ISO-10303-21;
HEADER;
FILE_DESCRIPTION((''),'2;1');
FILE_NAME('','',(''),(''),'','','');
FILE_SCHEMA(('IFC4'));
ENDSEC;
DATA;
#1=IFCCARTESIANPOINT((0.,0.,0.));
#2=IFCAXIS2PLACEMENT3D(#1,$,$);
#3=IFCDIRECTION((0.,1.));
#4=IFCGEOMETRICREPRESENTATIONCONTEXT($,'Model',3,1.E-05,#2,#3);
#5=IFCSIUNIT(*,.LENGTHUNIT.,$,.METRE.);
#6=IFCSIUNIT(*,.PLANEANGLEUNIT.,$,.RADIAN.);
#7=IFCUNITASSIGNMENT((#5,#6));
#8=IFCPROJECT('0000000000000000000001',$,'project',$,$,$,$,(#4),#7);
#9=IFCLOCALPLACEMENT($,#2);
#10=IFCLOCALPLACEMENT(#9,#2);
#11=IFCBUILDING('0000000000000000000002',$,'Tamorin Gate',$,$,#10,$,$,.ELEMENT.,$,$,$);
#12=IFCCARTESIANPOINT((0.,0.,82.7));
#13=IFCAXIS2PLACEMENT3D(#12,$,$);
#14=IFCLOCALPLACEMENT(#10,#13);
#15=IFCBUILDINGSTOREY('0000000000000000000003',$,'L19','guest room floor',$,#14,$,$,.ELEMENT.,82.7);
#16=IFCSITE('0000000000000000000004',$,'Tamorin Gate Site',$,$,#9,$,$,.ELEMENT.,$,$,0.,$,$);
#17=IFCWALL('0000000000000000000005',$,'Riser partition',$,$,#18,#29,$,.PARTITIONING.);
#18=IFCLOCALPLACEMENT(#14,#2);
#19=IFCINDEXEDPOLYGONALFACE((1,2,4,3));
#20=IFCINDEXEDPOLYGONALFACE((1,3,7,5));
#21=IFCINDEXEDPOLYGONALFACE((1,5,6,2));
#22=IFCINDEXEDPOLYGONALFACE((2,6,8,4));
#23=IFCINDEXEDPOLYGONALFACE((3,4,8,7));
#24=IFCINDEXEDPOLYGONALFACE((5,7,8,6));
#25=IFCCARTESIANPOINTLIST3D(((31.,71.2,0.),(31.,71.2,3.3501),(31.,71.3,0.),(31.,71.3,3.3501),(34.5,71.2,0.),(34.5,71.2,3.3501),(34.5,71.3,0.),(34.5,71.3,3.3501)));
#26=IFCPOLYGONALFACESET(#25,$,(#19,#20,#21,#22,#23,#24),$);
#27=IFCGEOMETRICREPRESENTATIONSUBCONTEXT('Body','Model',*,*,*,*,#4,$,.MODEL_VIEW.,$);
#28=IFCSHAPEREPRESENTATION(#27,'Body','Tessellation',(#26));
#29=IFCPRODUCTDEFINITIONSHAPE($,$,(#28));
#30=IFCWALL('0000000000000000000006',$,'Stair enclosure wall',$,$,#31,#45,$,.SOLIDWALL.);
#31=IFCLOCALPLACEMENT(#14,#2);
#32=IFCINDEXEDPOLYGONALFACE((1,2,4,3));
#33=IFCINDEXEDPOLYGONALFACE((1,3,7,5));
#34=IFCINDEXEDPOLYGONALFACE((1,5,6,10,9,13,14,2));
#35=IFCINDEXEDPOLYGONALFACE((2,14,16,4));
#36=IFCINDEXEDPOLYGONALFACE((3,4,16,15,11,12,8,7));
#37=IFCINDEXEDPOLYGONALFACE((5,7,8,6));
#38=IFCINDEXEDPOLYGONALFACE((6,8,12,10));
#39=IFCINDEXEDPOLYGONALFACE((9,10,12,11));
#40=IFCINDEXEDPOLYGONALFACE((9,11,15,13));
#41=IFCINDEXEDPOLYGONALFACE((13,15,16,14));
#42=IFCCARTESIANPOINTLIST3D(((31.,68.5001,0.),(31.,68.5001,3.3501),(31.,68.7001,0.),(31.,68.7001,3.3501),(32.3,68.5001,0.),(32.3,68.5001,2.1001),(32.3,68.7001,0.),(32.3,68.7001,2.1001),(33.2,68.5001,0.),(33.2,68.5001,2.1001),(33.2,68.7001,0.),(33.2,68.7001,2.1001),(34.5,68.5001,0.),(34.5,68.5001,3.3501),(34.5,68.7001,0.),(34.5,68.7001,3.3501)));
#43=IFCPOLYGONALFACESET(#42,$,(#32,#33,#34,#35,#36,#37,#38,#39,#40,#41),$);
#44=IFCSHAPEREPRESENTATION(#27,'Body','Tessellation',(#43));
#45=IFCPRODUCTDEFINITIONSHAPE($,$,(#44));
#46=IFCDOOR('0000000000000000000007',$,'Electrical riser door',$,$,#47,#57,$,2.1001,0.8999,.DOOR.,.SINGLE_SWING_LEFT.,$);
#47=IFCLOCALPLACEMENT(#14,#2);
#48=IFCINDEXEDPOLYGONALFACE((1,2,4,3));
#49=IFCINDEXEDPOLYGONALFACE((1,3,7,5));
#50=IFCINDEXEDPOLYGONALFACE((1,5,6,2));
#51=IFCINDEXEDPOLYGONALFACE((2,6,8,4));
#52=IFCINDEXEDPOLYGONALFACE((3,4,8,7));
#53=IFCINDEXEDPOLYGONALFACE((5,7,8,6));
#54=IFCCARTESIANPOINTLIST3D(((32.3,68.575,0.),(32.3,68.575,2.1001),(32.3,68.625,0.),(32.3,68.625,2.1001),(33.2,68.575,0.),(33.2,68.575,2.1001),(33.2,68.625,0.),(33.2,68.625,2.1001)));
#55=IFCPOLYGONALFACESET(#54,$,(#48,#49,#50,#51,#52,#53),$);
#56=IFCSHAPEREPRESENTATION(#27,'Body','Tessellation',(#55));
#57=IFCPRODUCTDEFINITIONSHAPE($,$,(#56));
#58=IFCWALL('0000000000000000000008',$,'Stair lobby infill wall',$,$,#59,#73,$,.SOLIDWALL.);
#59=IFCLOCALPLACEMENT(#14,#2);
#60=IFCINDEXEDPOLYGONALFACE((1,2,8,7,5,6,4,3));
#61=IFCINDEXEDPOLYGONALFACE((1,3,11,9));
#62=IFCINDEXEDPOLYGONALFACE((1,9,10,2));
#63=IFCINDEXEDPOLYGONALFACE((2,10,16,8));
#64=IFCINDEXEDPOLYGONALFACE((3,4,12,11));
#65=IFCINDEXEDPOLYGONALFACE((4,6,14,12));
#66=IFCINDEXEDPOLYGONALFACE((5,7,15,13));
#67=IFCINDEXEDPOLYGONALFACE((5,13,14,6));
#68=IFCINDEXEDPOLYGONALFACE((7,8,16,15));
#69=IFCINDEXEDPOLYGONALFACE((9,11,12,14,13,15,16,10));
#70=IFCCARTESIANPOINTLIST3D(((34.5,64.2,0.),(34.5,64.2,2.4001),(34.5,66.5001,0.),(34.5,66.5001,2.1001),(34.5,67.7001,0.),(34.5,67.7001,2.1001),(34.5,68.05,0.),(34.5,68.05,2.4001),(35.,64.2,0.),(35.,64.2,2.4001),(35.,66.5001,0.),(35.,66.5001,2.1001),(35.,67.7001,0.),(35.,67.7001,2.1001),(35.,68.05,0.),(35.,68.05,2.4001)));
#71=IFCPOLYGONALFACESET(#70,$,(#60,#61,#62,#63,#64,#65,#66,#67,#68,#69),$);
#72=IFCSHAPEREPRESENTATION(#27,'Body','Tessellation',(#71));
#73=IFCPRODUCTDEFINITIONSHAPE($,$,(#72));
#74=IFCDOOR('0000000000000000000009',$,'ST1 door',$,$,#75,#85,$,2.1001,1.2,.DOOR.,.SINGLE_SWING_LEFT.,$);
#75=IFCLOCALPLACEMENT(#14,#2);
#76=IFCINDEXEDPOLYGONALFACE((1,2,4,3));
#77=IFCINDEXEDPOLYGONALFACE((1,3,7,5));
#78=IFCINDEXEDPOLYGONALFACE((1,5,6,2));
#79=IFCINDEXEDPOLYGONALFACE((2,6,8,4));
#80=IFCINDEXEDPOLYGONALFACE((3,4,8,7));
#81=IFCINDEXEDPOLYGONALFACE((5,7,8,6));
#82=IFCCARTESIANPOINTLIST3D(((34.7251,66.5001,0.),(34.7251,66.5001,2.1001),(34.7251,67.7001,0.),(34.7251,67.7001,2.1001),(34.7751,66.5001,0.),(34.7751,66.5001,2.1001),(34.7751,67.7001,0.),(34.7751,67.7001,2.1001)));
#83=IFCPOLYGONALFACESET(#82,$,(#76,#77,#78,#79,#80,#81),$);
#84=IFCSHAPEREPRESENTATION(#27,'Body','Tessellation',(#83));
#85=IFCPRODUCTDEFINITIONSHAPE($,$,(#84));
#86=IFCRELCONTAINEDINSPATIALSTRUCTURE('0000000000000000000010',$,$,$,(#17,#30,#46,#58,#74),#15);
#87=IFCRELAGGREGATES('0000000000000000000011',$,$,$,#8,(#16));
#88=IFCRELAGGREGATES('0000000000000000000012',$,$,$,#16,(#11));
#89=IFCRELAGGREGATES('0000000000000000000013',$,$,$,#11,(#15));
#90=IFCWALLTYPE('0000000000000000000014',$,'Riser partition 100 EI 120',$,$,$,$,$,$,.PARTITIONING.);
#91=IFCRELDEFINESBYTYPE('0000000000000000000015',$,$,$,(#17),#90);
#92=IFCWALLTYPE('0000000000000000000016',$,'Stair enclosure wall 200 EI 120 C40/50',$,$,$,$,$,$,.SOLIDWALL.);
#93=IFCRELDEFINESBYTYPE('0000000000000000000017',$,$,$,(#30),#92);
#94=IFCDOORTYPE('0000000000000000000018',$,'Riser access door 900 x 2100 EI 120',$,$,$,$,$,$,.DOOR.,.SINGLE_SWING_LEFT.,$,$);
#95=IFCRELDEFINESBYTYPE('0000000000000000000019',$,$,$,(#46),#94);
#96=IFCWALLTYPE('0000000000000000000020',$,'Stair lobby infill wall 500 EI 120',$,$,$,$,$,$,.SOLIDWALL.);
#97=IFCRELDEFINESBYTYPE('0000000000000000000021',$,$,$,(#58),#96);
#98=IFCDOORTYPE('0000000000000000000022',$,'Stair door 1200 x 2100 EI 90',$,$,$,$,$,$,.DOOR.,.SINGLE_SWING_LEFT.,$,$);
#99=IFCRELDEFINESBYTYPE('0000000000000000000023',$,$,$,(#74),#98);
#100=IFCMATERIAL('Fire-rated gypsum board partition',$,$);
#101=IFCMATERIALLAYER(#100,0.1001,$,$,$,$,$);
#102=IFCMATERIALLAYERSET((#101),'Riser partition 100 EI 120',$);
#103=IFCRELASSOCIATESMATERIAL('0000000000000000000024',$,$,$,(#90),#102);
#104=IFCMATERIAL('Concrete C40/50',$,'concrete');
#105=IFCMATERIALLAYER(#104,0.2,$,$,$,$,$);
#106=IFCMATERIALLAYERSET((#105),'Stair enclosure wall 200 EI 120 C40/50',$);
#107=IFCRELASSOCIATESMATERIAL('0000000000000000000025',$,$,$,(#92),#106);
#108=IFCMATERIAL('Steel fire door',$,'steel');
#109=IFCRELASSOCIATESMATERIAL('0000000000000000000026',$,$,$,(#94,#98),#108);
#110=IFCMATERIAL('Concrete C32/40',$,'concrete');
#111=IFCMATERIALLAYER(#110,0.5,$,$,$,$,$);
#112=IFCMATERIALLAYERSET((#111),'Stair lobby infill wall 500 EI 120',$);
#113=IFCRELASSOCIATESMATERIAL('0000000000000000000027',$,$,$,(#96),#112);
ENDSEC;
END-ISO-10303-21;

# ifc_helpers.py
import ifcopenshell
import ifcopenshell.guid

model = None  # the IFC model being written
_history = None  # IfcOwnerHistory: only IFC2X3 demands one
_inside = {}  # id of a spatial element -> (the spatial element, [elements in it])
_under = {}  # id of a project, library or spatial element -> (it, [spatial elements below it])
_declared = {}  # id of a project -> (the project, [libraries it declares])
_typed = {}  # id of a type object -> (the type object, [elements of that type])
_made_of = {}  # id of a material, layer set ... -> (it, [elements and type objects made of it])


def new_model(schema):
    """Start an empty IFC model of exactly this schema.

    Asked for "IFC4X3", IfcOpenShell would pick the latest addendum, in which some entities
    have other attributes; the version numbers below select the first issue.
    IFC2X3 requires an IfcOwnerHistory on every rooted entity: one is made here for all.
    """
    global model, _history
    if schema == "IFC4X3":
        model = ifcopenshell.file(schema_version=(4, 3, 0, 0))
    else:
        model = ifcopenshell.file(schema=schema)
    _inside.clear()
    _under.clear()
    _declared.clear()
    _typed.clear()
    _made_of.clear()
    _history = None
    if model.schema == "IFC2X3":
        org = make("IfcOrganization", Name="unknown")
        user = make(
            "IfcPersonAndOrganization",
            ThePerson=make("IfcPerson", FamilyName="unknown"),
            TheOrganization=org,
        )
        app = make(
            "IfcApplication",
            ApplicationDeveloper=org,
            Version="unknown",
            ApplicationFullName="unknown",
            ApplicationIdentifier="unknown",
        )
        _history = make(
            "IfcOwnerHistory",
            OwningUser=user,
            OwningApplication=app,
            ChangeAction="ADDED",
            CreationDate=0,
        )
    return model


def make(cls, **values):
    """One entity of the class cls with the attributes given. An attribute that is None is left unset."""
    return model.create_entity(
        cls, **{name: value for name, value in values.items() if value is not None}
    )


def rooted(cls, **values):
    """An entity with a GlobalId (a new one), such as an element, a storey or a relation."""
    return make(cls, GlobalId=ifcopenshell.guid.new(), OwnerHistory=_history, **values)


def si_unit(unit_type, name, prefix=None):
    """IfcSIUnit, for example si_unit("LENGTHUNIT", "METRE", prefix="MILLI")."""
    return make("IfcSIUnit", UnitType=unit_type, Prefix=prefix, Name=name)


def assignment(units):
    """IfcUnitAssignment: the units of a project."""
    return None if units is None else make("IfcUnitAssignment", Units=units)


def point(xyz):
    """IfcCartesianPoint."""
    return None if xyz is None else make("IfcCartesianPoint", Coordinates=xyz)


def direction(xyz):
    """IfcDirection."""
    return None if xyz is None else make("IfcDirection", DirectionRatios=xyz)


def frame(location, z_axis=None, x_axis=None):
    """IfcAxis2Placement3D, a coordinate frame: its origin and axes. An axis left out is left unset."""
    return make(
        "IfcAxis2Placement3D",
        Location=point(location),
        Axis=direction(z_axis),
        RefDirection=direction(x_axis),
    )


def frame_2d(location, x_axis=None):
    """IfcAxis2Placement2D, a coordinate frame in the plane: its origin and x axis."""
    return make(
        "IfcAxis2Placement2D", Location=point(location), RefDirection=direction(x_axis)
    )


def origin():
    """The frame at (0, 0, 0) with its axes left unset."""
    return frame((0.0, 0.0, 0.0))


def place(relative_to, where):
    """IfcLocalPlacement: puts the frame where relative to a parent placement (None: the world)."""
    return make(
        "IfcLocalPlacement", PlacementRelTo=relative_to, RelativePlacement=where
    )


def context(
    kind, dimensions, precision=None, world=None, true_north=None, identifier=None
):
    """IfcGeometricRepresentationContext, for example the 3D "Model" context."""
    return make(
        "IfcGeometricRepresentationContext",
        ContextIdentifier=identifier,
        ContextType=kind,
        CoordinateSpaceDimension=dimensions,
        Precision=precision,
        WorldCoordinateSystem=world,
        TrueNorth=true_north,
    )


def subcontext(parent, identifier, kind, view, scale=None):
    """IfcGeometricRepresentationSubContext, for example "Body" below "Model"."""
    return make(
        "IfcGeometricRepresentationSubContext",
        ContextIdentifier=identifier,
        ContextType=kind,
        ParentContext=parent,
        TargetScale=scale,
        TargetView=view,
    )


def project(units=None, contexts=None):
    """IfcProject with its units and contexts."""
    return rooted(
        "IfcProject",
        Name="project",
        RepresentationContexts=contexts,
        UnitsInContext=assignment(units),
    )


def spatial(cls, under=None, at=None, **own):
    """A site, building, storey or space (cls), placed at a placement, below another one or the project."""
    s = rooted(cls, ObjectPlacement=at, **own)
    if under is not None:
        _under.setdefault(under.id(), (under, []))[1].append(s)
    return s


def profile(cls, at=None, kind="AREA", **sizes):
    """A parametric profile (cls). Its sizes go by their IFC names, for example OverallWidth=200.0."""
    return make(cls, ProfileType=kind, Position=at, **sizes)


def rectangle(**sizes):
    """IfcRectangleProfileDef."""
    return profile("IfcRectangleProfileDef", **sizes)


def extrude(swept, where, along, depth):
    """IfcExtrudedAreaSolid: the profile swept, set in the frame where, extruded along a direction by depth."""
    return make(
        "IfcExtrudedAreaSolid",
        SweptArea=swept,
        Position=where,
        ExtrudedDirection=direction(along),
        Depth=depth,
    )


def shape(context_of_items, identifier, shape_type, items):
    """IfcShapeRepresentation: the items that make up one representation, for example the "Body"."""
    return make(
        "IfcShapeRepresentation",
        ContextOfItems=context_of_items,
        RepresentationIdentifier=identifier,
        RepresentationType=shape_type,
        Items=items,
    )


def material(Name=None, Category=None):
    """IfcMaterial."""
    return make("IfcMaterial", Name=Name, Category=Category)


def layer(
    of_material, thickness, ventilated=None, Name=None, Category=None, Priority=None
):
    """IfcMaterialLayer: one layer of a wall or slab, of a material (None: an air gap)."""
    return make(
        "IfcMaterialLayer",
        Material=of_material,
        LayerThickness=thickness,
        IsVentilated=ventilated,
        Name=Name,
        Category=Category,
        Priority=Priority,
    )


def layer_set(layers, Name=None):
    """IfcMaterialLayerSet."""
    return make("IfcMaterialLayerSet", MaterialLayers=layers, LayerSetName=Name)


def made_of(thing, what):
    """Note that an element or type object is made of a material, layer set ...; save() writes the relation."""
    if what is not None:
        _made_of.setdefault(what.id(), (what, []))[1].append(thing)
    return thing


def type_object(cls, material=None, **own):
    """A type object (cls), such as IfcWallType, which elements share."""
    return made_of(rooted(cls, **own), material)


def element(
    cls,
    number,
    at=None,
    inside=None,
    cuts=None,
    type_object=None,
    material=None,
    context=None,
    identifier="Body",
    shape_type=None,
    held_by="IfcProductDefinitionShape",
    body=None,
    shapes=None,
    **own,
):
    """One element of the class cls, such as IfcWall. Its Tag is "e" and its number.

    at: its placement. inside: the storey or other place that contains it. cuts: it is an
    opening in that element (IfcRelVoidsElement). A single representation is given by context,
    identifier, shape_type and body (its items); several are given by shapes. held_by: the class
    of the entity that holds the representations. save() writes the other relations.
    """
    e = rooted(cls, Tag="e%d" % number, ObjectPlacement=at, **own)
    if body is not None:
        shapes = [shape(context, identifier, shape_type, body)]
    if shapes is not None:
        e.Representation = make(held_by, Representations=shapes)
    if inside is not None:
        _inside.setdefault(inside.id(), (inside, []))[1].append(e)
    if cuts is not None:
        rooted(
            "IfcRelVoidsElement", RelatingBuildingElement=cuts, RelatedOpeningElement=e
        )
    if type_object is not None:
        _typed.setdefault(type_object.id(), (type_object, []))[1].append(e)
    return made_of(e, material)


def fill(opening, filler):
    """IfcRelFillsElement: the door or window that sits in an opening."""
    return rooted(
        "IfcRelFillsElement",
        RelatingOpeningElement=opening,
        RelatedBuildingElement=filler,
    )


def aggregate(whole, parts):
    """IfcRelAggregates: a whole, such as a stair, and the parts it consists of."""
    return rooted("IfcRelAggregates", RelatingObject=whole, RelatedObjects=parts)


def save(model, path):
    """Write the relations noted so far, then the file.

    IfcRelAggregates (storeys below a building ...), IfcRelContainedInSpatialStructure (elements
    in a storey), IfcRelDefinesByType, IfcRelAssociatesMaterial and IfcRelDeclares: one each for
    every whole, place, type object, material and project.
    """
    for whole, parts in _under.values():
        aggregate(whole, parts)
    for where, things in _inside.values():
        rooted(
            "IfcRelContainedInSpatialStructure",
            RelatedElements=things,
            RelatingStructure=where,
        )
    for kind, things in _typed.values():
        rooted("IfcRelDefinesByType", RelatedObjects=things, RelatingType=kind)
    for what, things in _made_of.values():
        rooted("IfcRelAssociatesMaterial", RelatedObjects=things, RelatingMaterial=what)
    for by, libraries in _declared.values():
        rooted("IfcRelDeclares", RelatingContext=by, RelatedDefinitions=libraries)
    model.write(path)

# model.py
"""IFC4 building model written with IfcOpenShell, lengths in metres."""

from ifc_helpers import new_model, si_unit, direction, frame, frame_2d, origin, place, context, subcontext, project, spatial, rectangle, extrude, material, layer, layer_set, type_object, element, fill, save


model = new_model("IFC4")

# Units and contexts
model_context = context("Model", 3, precision=1e-05, world=origin(), true_north=direction((0.0, 1.0)))
body_context = subcontext(model_context, "Body", "Model", "MODEL_VIEW")
ifc_project = project(units=[si_unit("LENGTHUNIT", "METRE"), si_unit("PLANEANGLEUNIT", "RADIAN")], contexts=[model_context])

# Site, building, storey
site_placement = place(None, origin())
site = spatial("IfcSite", under=ifc_project, at=site_placement, Name="Tamorin Gate Site", CompositionType="ELEMENT", RefElevation=0.0)
building_placement = place(site_placement, origin())
building = spatial("IfcBuilding", under=site, at=building_placement, Name="Tamorin Gate", CompositionType="ELEMENT")
storey_placement = place(building_placement, frame((0.0, 0.0, 82.7)))
storey = spatial("IfcBuildingStorey", under=building, at=storey_placement, Name="L19", Description="guest room floor", CompositionType="ELEMENT", Elevation=82.7)

# Shared definitions
ifc_material_1 = material(Name="Concrete C32/40", Category="concrete")

# Wall
ifc_material_2 = material(Name="Fire-rated gypsum board partition")
ifc_layer_1 = layer(ifc_material_2, 0.1001)
ifc_layer_set_1 = layer_set([ifc_layer_1], Name="Riser partition 100 EI 120")
wall_type_1 = type_object("IfcWallType", Name="Riser partition 100 EI 120", PredefinedType="PARTITIONING", material=ifc_layer_set_1)
wall_1_placement = place(storey_placement, frame((31.0, 71.25, 0.0), z_axis=(0.0, 0.0, 1.0), x_axis=(1.0, 0.0, 0.0)))
element("IfcWall", 1, at=wall_1_placement, inside=storey, type_object=wall_type_1, Name="Riser partition", PredefinedType="PARTITIONING", context=body_context, shape_type="SweptSolid", body=[
    extrude(rectangle(XDim=3.5, YDim=0.1001, at=frame_2d((1.75, 0.0))), origin(), (0.0, 0.0, 1.0), 3.3501),
])

# Walls, openings, doors
ifc_material_3 = material(Name="Concrete C40/50", Category="concrete")
ifc_layer_2 = layer(ifc_material_3, 0.2)
ifc_layer_set_2 = layer_set([ifc_layer_2], Name="Stair enclosure wall 200 EI 120 C40/50")
wall_type_2 = type_object("IfcWallType", Name="Stair enclosure wall 200 EI 120 C40/50", PredefinedType="SOLIDWALL", material=ifc_layer_set_2)
wall_2_placement = place(storey_placement, frame((31.0, 68.6001, 0.0), z_axis=(0.0, 0.0, 1.0), x_axis=(1.0, 0.0, 0.0)))
wall_2 = element("IfcWall", 2, at=wall_2_placement, inside=storey, type_object=wall_type_2, Name="Stair enclosure wall", PredefinedType="SOLIDWALL", context=body_context, shape_type="SweptSolid", body=[
    extrude(rectangle(XDim=3.5, YDim=0.2, at=frame_2d((1.75, 0.0))), origin(), (0.0, 0.0, 1.0), 3.3501),
])
opening_1_placement = place(wall_2_placement, frame((1.3, 0.0, 0.0)))
opening_1 = element("IfcOpeningElement", 3, at=opening_1_placement, cuts=wall_2, PredefinedType="OPENING", context=body_context, shape_type="SweptSolid", body=[
    extrude(rectangle(XDim=0.8999, YDim=2.1001, at=frame_2d((0.45, 1.05))), frame((0.0, 0.1099, 0.0), z_axis=(0.0, -1.0, 0.0), x_axis=(1.0, 0.0, 0.0)), (0.0, 0.0, 1.0), 0.22),
])
ifc_material_4 = material(Name="Steel fire door", Category="steel")
door_type_1 = type_object("IfcDoorType", Name="Riser access door 900 x 2100 EI 120", OperationType="SINGLE_SWING_LEFT", PredefinedType="DOOR", material=ifc_material_4)
door_1_placement = place(opening_1_placement, origin())
door_1 = element("IfcDoor", 4, at=door_1_placement, inside=storey, type_object=door_type_1, Name="Electrical riser door", OperationType="SINGLE_SWING_LEFT", OverallHeight=2.1001, OverallWidth=0.8999, PredefinedType="DOOR", context=body_context, shape_type="SweptSolid", body=[
    extrude(rectangle(XDim=0.8999, YDim=2.1001, at=frame_2d((0.45, 1.05))), frame((0.0, 0.0249, 0.0), z_axis=(0.0, -1.0, 0.0), x_axis=(1.0, 0.0, 0.0)), (0.0, 0.0, 1.0), 0.05),
])
fill(opening_1, door_1)
ifc_layer_3 = layer(ifc_material_1, 0.5)
ifc_layer_set_3 = layer_set([ifc_layer_3], Name="Stair lobby infill wall 500 EI 120")
wall_type_3 = type_object("IfcWallType", Name="Stair lobby infill wall 500 EI 120", PredefinedType="SOLIDWALL", material=ifc_layer_set_3)
wall_3_placement = place(storey_placement, frame((34.75, 64.2, 0.0), z_axis=(0.0, 0.0, 1.0), x_axis=(0.0, 1.0, 0.0)))
wall_3 = element("IfcWall", 5, at=wall_3_placement, inside=storey, type_object=wall_type_3, Name="Stair lobby infill wall", PredefinedType="SOLIDWALL", context=body_context, shape_type="SweptSolid", body=[
    extrude(rectangle(XDim=3.8501, YDim=0.5, at=frame_2d((1.925, 0.0))), origin(), (0.0, 0.0, 1.0), 2.4001),
])
opening_2_placement = place(wall_3_placement, frame((2.3, 0.0, 0.0)))
opening_2 = element("IfcOpeningElement", 6, at=opening_2_placement, cuts=wall_3, PredefinedType="OPENING", context=body_context, shape_type="SweptSolid", body=[
    extrude(rectangle(XDim=1.2, YDim=2.1001, at=frame_2d((0.6001, 1.05))), frame((0.0, 0.26, 0.0), z_axis=(0.0, -1.0, 0.0), x_axis=(1.0, 0.0, 0.0)), (0.0, 0.0, 1.0), 0.52),
])
door_type_2 = type_object("IfcDoorType", Name="Stair door 1200 x 2100 EI 90", OperationType="SINGLE_SWING_LEFT", PredefinedType="DOOR", material=ifc_material_4)
door_2_placement = place(opening_2_placement, origin())
door_2 = element("IfcDoor", 7, at=door_2_placement, inside=storey, type_object=door_type_2, Name="ST1 door", OperationType="SINGLE_SWING_LEFT", OverallHeight=2.1001, OverallWidth=1.2, PredefinedType="DOOR", context=body_context, shape_type="SweptSolid", body=[
    extrude(rectangle(XDim=1.2, YDim=2.1001, at=frame_2d((0.6001, 1.05))), frame((0.0, 0.0249, 0.0), z_axis=(0.0, -1.0, 0.0), x_axis=(1.0, 0.0, 0.0)), (0.0, 0.0, 1.0), 0.05),
])
fill(opening_2, door_2)

save(model, "model.ifc")
